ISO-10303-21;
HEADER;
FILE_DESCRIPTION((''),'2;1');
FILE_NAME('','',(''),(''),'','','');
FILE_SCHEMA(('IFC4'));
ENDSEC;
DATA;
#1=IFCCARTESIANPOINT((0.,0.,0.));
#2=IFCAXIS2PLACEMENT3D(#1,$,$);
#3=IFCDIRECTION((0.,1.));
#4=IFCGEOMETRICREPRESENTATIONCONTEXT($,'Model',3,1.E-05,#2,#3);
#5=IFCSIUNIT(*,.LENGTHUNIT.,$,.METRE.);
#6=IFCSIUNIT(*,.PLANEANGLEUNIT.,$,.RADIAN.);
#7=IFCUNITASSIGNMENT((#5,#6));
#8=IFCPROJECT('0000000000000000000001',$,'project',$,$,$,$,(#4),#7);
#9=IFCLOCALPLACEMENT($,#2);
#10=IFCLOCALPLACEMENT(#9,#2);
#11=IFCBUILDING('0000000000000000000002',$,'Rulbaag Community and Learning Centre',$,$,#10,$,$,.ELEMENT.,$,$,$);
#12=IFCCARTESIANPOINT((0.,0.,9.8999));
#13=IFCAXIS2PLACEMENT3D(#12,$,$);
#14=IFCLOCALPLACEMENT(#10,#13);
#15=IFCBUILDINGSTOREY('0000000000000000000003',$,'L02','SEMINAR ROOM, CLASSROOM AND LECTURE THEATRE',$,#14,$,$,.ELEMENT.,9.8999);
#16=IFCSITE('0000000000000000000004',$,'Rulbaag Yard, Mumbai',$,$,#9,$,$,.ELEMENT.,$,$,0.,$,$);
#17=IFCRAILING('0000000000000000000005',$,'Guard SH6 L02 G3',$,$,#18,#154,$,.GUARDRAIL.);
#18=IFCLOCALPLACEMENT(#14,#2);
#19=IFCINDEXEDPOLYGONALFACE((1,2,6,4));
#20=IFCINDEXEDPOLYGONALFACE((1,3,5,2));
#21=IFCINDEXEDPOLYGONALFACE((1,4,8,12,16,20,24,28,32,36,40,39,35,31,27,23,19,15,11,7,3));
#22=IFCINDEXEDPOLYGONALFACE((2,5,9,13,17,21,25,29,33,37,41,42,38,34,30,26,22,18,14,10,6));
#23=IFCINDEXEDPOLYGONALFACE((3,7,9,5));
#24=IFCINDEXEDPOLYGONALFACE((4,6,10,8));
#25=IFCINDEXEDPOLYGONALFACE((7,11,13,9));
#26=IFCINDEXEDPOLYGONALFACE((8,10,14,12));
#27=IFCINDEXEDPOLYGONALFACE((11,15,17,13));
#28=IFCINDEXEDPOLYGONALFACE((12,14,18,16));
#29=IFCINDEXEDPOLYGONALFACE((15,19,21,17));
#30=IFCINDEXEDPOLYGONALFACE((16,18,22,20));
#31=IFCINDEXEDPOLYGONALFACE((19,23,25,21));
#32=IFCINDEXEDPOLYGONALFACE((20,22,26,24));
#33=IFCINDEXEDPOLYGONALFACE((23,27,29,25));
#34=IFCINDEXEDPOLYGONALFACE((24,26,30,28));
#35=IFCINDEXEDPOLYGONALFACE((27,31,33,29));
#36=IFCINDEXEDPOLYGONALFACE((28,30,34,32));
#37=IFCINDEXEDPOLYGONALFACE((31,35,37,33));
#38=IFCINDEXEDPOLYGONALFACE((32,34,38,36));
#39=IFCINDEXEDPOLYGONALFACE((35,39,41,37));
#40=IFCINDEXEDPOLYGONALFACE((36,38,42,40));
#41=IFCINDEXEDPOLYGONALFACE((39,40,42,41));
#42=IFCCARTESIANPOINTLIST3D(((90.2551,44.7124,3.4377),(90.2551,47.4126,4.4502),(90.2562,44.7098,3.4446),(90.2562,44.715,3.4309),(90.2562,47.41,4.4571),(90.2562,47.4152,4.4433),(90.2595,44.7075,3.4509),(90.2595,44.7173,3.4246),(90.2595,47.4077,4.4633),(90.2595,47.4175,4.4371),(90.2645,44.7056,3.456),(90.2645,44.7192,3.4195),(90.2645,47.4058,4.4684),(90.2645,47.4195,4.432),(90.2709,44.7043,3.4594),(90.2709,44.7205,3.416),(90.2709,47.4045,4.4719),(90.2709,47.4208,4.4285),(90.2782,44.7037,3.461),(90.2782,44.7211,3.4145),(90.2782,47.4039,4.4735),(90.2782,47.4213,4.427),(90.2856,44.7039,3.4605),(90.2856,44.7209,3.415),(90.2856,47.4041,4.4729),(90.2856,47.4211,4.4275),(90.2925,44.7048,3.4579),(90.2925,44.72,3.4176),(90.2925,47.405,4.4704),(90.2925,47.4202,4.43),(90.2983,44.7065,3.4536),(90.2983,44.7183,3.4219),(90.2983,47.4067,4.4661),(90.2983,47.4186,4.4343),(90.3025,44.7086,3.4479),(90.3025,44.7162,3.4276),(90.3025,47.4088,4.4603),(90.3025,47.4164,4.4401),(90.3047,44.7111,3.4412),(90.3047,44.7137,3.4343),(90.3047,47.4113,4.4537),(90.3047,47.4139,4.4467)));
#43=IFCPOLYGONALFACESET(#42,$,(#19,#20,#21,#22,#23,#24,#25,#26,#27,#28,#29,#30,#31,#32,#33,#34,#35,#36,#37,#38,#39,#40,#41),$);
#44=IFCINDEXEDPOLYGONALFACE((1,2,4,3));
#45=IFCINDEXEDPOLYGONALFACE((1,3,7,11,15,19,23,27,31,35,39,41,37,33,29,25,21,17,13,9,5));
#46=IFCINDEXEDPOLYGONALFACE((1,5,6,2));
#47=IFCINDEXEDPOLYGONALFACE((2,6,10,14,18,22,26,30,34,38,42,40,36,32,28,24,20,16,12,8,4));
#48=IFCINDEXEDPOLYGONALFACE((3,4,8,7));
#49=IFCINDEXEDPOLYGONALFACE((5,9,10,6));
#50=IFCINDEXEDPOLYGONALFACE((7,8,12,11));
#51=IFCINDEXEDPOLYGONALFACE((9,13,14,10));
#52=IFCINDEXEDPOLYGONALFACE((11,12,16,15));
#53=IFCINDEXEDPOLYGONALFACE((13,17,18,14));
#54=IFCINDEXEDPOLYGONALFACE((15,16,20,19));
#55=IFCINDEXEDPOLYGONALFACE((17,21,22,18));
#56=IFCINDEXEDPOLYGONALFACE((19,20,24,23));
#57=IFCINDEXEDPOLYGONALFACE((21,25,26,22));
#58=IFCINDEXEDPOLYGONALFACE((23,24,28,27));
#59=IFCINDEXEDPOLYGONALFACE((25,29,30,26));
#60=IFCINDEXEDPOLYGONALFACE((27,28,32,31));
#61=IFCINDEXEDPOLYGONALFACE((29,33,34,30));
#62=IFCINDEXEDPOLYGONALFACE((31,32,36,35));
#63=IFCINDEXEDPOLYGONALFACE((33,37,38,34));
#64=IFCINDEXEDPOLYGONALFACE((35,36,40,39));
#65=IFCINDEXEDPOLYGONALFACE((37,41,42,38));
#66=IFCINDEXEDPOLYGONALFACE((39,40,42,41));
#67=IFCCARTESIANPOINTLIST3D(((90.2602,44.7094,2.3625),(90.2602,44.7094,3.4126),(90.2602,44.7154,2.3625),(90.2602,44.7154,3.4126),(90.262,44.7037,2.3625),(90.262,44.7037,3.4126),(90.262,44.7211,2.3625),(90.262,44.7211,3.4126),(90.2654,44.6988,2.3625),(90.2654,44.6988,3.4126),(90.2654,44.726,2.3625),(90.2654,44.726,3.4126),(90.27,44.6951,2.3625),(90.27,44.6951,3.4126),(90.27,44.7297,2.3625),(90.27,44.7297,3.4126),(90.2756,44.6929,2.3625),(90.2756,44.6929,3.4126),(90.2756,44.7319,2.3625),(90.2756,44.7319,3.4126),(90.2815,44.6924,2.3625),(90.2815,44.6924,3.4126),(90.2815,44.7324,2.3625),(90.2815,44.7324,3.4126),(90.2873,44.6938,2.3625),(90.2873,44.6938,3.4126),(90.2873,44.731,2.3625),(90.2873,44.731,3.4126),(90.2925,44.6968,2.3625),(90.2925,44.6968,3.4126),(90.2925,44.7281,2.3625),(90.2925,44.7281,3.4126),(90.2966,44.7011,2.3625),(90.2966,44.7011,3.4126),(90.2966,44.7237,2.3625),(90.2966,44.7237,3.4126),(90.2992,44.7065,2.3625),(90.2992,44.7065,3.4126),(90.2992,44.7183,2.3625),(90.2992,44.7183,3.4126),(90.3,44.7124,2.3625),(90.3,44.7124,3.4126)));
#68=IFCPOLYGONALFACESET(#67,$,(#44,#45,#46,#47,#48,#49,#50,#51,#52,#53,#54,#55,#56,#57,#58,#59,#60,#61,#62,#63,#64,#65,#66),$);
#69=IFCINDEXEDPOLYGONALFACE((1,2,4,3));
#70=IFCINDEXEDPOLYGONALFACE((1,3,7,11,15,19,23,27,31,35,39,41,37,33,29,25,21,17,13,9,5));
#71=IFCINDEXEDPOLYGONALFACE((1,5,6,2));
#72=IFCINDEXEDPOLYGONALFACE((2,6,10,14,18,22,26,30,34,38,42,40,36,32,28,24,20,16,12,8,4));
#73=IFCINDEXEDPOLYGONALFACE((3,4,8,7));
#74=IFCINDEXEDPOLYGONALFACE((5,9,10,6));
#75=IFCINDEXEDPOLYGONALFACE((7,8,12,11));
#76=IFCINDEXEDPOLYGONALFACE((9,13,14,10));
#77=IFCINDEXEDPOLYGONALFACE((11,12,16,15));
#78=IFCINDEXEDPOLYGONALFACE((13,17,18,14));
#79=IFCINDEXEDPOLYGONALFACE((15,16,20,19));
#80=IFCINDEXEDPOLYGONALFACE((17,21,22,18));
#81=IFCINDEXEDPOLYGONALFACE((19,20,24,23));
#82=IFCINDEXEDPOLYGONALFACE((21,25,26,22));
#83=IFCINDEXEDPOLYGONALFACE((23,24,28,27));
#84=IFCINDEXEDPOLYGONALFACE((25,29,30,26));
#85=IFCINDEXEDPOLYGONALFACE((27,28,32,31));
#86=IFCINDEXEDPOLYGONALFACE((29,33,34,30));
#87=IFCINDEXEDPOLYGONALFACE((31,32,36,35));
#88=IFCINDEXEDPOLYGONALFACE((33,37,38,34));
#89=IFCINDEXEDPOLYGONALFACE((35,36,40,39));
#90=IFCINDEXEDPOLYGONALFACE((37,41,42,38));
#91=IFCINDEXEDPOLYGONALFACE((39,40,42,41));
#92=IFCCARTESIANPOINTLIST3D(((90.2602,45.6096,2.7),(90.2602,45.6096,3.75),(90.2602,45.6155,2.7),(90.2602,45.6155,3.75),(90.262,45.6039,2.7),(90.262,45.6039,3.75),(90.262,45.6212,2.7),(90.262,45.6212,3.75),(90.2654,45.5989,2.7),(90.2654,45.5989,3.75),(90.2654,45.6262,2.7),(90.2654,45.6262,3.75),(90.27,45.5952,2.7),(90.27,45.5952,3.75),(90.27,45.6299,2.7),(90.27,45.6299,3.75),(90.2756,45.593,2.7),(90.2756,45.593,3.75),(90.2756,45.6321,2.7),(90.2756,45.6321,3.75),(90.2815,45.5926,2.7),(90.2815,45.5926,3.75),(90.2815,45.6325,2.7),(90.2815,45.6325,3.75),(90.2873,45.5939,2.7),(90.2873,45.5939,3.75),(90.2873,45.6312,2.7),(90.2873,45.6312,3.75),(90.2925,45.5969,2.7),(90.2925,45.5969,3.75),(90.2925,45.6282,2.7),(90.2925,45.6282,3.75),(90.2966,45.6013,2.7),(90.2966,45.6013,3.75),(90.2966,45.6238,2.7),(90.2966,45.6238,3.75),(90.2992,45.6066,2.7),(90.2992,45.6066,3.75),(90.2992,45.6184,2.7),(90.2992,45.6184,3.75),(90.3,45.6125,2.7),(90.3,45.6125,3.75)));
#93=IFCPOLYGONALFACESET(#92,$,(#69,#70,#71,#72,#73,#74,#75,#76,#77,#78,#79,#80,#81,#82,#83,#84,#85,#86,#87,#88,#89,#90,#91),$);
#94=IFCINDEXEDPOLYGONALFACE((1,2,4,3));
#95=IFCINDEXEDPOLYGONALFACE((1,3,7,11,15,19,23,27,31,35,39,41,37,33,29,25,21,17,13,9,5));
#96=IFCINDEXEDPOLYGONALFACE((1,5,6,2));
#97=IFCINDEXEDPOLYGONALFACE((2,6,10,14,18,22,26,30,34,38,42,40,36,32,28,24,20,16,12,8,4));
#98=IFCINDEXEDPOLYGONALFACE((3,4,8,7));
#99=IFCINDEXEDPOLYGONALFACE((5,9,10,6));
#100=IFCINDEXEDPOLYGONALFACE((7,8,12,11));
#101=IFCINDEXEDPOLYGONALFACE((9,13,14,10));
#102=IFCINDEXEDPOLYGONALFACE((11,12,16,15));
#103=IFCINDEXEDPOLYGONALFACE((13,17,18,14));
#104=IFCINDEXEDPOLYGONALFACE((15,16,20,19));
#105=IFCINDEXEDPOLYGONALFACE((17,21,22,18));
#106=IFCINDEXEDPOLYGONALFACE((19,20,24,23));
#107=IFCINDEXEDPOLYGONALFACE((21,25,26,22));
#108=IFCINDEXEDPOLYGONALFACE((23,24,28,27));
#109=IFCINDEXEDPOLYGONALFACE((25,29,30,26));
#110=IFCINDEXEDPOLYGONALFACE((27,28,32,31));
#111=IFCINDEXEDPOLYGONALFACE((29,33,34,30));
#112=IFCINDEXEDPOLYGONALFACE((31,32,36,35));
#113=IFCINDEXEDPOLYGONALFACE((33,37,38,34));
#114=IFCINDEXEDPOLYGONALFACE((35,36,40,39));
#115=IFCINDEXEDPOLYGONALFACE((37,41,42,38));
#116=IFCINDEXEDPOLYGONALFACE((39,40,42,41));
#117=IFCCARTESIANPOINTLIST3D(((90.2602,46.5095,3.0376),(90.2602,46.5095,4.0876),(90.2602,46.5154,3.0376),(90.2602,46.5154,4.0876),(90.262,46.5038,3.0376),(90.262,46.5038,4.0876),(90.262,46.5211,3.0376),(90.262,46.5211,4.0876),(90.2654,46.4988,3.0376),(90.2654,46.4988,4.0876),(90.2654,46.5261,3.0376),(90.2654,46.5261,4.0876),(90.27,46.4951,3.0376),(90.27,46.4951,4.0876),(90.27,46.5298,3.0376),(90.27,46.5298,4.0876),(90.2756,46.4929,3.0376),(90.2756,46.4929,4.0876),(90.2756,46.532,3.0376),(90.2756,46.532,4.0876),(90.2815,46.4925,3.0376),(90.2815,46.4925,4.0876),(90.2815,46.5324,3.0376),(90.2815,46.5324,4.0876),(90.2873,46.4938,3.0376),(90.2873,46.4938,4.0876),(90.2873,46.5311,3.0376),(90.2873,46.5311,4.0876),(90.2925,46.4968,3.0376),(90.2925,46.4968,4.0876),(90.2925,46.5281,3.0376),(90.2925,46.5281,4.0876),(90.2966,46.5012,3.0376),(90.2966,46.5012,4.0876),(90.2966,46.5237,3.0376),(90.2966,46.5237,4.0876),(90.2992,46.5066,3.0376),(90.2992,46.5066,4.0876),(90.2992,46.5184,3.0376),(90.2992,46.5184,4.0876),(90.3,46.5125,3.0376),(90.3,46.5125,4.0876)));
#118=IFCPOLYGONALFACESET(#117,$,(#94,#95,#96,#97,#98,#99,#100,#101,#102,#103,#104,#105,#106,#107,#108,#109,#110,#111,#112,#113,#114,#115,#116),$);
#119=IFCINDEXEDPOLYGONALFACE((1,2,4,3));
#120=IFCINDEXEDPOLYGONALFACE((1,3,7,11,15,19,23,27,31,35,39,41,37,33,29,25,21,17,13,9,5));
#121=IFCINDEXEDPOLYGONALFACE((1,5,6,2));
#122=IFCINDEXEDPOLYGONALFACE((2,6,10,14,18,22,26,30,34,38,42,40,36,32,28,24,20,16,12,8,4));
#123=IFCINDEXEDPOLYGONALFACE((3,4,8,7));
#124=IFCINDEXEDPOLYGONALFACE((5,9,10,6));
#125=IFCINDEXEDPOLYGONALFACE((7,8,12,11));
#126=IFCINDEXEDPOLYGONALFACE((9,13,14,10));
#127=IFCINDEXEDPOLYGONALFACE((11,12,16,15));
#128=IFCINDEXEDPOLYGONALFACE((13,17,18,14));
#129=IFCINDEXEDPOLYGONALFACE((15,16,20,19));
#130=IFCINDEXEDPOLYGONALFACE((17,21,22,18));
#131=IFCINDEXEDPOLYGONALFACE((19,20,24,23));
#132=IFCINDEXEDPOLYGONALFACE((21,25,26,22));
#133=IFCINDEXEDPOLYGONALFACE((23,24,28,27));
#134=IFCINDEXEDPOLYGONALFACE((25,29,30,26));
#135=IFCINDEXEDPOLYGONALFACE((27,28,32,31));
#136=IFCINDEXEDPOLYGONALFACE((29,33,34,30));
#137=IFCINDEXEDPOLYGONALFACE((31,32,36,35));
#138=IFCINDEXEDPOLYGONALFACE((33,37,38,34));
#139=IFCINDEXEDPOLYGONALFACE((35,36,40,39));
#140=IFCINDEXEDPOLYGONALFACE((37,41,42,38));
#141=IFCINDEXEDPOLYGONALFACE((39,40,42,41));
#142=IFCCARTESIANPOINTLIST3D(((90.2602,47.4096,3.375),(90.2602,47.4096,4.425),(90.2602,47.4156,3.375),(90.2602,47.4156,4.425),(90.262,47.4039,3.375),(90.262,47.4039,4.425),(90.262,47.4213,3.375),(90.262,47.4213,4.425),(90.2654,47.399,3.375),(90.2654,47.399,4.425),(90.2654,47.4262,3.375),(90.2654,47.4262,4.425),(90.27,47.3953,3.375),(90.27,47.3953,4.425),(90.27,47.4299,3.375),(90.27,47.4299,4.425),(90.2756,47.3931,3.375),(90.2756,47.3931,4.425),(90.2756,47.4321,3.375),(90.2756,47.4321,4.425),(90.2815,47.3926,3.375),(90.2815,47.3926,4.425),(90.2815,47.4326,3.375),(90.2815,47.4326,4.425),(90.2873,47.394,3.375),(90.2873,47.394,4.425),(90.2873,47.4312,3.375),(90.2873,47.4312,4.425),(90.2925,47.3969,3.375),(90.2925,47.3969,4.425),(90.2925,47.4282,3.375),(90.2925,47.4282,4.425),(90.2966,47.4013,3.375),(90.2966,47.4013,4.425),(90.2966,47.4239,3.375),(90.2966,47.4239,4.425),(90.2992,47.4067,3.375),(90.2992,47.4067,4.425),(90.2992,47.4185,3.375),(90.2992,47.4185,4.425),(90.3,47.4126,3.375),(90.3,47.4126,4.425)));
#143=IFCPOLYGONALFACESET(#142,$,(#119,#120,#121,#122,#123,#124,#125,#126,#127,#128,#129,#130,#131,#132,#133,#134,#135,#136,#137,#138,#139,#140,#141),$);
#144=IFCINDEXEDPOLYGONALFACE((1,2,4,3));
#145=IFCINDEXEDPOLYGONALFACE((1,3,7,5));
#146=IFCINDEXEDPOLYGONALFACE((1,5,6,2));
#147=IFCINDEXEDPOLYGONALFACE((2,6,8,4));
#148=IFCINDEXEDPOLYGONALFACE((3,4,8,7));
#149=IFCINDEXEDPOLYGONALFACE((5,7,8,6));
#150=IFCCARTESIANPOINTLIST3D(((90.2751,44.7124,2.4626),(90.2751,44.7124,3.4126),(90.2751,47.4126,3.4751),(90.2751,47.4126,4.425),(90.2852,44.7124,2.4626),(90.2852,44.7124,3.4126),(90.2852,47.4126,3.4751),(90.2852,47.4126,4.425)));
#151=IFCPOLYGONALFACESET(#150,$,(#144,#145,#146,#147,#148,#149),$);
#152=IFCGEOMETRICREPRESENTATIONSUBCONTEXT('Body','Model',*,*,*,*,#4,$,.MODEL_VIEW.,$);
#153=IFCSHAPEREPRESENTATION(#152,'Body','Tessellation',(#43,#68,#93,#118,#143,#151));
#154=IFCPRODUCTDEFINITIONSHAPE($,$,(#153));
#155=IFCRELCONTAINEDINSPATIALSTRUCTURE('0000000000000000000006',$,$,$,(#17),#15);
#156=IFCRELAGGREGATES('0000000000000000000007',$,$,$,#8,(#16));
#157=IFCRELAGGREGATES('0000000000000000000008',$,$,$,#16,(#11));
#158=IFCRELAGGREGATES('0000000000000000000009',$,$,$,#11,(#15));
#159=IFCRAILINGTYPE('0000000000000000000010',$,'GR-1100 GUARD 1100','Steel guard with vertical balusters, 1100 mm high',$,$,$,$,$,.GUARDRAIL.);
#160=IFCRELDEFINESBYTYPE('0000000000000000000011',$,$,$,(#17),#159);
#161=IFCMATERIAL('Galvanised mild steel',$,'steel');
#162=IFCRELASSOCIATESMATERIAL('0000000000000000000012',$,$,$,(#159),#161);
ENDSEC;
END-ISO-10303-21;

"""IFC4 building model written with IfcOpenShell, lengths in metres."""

from ifc_helpers import new_model, si_unit, direction, frame, origin, origin_2d, place, context, subcontext, project, spatial, polyline, circle, outline, extrude, material, type_object, element, save


model = new_model("IFC4")

# Units and contexts
model_context = context("Model", 3, precision=1e-05, world=origin(), true_north=direction((0.0, 1.0)))
body_context = subcontext(model_context, "Body", "Model", "MODEL_VIEW")
ifc_project = project(units=[si_unit("LENGTHUNIT", "METRE"), si_unit("PLANEANGLEUNIT", "RADIAN")], contexts=[model_context])

# Site, building, storey
site_placement = place(None, origin())
site = spatial("IfcSite", under=ifc_project, at=site_placement, Name="Rulbaag Yard, Mumbai", CompositionType="ELEMENT", RefElevation=0.0)
building_placement = place(site_placement, origin())
building = spatial("IfcBuilding", under=site, at=building_placement, Name="Rulbaag Community and Learning Centre", CompositionType="ELEMENT")
storey_placement = place(building_placement, frame((0.0, 0.0, 9.8999)))
storey = spatial("IfcBuildingStorey", under=building, at=storey_placement, Name="L02", Description="SEMINAR ROOM, CLASSROOM AND LECTURE THEATRE", CompositionType="ELEMENT", Elevation=9.8999)

# Railing
ifc_material_1 = material(Name="Galvanised mild steel", Category="steel")
railing_type_1 = type_object("IfcRailingType", Name="GR-1100 GUARD 1100", Description="Steel guard with vertical balusters, 1100 mm high", PredefinedType="GUARDRAIL", material=ifc_material_1)
railing_1_placement = place(storey_placement, frame((90.28, 44.7124, 2.3625)))
element("IfcRailing", 1, at=railing_1_placement, inside=storey, type_object=railing_type_1, Name="Guard SH6 L02 G3", PredefinedType="GUARDRAIL", context=body_context, shape_type="SweptSolid", body=[
    extrude(circle(Radius=0.0249, at=origin_2d()), frame((0.0, 0.0, 1.0752), z_axis=(0.0, 0.936343, 0.351086), x_axis=(-1.0, 0.0, 0.0)), (0.0, 0.0, 1.0), 2.8838),
    extrude(circle(Radius=0.02, at=origin_2d()), origin(), (0.0, 0.0, 1.0), 1.05),
    extrude(circle(Radius=0.02, at=origin_2d()), frame((0.0, 0.9001, 0.3374)), (0.0, 0.0, 1.0), 1.05),
    extrude(circle(Radius=0.02, at=origin_2d()), frame((0.0, 1.8, 0.675)), (0.0, 0.0, 1.0), 1.05),
    extrude(circle(Radius=0.02, at=origin_2d()), frame((0.0, 2.7002, 1.0125)), (0.0, 0.0, 1.0), 1.05),
    extrude(outline(polyline([(0.0, 0.0), (2.7002, 1.0125), (2.7002, 1.9624), (0.0, 0.95), (0.0, 0.0)])), frame((-0.0049, 0.0, 0.1001), z_axis=(1.0, 0.0, 0.0), x_axis=(0.0, 1.0, 0.0)), (0.0, 0.0, 1.0), 0.01),
])

save(model, "model.ifc")
